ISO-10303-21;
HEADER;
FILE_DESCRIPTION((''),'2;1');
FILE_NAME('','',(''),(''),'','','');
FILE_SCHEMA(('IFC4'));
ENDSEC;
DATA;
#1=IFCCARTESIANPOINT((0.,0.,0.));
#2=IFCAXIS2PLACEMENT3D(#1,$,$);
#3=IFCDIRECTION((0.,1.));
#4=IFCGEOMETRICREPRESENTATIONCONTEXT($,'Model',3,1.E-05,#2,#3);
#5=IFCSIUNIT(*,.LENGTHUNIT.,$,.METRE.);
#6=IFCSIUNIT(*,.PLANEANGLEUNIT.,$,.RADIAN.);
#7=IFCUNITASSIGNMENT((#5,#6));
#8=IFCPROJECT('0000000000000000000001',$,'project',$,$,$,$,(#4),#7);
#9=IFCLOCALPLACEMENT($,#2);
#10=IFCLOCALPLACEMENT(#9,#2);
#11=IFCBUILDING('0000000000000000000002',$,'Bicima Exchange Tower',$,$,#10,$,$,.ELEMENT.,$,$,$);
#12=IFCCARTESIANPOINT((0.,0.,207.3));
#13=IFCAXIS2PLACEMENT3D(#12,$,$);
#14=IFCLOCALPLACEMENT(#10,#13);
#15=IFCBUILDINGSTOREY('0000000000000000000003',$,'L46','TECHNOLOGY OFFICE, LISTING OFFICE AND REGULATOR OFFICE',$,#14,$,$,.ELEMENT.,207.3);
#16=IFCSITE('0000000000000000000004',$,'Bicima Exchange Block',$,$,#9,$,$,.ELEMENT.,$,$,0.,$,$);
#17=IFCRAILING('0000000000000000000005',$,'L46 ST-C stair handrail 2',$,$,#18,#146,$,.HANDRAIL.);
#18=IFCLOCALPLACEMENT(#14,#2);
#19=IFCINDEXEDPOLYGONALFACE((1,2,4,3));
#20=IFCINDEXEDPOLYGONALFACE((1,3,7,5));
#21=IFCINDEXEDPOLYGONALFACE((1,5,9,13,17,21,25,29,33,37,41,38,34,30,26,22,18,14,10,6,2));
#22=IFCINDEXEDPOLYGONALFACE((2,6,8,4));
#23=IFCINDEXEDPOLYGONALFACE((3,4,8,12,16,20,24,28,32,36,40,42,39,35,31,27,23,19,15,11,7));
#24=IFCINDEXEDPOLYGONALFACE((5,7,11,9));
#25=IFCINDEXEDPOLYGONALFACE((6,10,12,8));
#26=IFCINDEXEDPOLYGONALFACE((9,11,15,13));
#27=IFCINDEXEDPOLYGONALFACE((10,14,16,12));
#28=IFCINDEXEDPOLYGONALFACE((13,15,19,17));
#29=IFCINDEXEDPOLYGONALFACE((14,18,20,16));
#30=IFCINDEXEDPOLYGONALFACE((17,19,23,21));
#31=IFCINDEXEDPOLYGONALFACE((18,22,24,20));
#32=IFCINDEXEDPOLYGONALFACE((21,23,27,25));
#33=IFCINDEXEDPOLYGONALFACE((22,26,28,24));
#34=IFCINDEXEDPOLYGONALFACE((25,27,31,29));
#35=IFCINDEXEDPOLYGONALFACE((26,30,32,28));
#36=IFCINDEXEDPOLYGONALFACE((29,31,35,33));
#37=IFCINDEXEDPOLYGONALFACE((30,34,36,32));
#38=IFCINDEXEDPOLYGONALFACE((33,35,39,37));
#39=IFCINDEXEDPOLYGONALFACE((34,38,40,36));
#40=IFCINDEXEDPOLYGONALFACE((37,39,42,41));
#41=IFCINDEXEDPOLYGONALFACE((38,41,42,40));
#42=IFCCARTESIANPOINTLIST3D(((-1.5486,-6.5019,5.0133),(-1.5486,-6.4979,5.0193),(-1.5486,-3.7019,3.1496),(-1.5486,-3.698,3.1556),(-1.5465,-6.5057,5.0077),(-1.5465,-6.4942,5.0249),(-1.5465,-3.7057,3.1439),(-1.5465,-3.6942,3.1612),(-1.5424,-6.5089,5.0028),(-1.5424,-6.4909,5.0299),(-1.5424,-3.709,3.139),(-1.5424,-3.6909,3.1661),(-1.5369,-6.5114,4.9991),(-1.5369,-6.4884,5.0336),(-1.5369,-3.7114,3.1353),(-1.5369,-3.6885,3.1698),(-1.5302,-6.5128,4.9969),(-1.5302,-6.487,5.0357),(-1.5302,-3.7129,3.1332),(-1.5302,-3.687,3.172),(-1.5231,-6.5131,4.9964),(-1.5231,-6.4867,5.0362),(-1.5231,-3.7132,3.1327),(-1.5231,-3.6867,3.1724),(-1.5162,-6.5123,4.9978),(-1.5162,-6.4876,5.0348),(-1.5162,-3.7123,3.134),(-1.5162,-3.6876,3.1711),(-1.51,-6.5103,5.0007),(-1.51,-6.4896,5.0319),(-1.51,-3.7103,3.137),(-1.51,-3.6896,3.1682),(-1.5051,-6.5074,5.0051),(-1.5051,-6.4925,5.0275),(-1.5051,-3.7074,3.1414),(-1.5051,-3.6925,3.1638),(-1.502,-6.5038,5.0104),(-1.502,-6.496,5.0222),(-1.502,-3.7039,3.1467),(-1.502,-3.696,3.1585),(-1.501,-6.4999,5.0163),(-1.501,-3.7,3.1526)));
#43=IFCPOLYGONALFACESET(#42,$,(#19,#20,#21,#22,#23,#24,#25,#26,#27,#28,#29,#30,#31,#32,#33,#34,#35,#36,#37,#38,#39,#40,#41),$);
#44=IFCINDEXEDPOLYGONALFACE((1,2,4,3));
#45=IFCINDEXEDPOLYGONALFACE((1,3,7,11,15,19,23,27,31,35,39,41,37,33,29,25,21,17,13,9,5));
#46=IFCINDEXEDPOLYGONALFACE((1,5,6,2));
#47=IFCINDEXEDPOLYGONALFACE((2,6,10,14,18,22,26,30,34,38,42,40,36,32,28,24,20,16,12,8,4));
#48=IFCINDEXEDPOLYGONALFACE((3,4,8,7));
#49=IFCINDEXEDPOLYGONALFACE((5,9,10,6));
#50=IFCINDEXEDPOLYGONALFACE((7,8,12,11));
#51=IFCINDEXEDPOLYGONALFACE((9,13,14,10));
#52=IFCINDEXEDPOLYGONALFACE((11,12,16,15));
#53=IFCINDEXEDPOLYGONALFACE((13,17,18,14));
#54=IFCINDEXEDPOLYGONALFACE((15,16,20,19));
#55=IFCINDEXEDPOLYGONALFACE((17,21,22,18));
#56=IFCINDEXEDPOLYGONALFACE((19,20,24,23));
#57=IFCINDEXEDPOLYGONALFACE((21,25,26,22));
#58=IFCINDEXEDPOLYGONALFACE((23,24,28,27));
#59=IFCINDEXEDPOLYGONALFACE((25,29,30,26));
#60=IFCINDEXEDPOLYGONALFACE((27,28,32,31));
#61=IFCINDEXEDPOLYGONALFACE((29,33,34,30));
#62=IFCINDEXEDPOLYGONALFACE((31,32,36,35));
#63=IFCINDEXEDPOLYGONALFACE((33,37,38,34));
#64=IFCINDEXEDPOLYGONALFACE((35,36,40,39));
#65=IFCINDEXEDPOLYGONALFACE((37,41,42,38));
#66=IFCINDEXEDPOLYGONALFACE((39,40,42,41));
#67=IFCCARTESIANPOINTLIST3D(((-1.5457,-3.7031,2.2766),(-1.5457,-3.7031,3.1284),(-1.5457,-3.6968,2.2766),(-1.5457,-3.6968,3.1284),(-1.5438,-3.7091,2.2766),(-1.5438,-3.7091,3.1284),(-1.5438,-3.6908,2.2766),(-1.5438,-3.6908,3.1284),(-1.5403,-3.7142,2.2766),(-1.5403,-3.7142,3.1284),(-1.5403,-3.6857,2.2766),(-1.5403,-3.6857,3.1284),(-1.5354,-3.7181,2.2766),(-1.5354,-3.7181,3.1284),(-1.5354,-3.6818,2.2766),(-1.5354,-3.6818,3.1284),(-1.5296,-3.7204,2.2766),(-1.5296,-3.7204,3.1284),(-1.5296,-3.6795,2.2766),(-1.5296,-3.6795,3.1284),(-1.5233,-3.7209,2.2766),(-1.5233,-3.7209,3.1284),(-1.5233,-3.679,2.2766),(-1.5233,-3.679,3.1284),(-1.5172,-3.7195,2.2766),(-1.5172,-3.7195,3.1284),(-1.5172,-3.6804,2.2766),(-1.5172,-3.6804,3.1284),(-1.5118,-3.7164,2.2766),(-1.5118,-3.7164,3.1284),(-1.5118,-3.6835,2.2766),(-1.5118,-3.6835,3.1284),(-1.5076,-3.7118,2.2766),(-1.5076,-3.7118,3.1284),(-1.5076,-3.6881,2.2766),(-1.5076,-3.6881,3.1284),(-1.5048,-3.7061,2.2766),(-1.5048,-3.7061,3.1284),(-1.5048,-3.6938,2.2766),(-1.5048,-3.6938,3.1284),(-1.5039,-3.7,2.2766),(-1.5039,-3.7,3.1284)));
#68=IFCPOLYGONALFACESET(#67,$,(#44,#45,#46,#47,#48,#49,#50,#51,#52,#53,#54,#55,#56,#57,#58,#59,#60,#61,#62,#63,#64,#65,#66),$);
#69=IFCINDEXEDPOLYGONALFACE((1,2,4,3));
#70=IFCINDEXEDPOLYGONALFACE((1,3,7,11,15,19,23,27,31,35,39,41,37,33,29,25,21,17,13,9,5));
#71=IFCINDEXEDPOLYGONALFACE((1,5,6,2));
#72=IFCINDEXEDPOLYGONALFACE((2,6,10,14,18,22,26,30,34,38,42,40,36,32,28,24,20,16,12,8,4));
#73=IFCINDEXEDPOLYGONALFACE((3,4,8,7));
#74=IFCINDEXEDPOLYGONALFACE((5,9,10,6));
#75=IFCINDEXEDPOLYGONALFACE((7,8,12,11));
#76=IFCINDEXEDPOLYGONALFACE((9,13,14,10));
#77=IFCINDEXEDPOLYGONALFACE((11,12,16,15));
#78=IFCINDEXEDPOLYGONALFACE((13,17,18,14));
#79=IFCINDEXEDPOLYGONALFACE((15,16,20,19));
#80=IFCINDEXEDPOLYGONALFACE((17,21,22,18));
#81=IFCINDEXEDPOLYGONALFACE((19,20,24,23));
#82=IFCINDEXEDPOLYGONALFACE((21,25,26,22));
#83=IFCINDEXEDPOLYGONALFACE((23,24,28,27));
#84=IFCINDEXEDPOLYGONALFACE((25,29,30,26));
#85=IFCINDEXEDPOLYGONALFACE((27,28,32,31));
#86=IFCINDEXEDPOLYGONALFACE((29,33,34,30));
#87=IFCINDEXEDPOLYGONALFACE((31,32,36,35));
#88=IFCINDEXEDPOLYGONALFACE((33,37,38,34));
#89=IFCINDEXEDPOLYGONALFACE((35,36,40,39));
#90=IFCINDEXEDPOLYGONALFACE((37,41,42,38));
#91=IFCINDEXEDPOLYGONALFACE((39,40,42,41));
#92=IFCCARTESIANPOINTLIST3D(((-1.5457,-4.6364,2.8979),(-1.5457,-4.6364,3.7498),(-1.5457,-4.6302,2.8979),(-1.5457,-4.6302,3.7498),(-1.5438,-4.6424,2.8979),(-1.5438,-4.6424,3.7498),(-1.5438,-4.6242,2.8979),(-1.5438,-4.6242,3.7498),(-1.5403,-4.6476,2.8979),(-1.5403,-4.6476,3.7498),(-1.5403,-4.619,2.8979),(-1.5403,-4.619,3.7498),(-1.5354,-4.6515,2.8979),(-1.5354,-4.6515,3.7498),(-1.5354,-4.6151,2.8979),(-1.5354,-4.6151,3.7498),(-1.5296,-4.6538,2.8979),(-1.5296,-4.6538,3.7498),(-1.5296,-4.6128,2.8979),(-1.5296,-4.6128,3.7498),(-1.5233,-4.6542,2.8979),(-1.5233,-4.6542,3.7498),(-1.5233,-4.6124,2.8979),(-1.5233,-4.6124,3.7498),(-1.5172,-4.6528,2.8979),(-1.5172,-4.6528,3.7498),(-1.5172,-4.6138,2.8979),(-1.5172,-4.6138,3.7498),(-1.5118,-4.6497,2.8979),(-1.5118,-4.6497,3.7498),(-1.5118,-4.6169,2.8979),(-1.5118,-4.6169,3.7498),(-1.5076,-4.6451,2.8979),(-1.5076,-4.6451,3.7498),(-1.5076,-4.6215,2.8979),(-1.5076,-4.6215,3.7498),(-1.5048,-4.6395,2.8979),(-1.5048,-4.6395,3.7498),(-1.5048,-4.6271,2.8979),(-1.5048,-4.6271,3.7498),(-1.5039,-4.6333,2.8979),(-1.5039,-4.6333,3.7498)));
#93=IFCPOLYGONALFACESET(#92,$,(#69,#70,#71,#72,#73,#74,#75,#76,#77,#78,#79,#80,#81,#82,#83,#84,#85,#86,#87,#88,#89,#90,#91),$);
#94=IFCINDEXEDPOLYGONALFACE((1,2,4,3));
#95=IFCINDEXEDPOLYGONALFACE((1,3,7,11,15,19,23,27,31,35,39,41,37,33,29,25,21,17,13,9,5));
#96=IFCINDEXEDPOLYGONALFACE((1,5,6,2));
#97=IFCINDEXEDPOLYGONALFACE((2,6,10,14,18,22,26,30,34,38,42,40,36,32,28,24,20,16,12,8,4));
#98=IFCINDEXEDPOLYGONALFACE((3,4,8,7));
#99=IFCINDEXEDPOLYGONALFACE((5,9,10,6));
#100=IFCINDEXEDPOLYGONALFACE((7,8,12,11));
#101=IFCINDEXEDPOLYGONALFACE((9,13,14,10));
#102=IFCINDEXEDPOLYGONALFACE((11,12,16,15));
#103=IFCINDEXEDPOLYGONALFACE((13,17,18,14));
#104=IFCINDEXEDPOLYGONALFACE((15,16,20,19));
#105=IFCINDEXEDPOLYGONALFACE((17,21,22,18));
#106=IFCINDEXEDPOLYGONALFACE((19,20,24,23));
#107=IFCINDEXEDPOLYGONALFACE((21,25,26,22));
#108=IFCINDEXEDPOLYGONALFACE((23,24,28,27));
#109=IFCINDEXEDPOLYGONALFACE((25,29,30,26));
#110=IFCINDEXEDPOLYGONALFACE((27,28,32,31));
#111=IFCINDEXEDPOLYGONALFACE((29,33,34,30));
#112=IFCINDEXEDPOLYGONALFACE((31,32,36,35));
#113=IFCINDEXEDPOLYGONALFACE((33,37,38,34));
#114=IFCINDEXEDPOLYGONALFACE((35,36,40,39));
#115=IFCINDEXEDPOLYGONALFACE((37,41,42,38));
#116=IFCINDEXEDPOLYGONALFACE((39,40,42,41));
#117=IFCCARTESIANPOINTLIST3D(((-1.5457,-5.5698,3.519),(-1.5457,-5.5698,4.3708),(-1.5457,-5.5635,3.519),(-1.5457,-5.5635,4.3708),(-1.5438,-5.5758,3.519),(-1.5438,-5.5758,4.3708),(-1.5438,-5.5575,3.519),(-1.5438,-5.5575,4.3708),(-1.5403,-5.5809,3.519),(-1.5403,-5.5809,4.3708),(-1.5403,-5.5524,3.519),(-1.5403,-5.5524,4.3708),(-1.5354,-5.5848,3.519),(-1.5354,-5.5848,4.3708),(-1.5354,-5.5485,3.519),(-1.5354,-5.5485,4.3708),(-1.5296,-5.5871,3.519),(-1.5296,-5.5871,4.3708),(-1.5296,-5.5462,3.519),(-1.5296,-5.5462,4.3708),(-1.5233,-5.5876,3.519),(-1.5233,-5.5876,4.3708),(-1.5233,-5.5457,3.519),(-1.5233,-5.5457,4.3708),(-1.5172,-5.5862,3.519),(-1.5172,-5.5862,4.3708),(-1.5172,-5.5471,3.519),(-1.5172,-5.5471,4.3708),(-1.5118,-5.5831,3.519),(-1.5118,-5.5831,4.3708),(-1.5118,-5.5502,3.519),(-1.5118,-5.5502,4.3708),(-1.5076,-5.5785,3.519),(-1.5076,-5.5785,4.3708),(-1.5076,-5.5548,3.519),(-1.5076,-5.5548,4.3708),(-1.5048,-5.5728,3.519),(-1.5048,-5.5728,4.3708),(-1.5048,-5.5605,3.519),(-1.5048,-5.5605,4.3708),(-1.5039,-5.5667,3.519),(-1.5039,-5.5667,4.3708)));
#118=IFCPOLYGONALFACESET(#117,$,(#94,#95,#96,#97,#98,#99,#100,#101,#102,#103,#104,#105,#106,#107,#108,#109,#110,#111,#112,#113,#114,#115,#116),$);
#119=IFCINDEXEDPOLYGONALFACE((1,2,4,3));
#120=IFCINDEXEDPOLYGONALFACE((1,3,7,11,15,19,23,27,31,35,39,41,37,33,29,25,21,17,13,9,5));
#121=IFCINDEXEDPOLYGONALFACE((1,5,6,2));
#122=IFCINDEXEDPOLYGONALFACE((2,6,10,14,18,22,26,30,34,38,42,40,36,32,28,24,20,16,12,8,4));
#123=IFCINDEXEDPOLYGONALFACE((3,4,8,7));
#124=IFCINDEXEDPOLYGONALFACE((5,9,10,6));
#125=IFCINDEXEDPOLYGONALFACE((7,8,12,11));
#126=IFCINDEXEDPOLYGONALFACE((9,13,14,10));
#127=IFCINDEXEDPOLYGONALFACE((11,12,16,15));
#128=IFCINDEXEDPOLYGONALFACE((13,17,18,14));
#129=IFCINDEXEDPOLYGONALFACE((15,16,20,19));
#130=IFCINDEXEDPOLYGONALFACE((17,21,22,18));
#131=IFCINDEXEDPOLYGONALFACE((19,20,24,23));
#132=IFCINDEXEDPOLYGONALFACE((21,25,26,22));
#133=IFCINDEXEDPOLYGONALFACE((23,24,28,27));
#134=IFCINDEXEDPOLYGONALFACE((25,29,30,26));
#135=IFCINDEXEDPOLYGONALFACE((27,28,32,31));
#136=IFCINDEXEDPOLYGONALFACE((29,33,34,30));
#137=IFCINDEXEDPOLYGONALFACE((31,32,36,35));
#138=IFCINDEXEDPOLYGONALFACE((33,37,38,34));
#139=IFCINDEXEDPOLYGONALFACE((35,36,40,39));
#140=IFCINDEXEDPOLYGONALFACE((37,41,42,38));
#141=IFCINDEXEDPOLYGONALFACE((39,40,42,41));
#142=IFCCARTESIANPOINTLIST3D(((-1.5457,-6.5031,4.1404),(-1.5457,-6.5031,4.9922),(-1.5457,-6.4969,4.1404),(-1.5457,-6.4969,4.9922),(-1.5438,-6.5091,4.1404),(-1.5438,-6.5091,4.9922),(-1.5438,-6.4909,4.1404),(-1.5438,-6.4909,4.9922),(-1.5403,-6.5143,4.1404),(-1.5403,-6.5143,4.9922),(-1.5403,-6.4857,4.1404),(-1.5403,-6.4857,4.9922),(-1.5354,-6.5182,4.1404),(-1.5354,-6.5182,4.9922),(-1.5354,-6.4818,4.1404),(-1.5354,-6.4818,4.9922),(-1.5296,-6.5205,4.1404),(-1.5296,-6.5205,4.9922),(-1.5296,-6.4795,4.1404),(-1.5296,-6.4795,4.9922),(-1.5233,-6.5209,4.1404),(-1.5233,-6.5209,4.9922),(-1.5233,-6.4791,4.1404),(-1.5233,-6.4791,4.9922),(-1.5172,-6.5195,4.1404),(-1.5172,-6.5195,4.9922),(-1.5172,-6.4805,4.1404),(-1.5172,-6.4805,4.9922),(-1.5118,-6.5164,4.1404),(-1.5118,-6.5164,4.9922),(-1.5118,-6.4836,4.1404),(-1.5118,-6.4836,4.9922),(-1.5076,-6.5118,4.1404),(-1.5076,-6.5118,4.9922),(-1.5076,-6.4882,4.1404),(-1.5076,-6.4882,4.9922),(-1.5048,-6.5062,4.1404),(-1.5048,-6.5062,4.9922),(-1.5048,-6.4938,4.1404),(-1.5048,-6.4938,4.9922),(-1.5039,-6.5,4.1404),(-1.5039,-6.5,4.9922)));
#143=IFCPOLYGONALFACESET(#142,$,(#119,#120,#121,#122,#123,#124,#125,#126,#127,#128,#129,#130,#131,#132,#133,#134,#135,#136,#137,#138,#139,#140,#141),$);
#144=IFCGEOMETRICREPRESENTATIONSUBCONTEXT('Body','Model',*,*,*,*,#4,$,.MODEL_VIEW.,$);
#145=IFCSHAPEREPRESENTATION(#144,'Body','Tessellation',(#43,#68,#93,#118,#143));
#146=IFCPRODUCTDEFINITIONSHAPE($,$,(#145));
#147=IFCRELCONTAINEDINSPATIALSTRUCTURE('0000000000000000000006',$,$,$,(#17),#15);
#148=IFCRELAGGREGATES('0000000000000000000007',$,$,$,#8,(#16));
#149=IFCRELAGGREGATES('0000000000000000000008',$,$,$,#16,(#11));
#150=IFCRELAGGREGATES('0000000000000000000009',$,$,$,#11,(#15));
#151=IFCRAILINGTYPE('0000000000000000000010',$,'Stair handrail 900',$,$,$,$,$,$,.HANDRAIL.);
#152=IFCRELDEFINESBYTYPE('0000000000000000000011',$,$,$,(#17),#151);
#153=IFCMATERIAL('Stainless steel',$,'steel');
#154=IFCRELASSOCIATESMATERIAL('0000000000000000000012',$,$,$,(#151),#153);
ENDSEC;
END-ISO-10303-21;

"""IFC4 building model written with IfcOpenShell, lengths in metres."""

from ifc_helpers import new_model, si_unit, direction, frame, origin, origin_2d, place, context, subcontext, project, spatial, circle, extrude, material, type_object, element, save


model = new_model("IFC4")

# Units and contexts
model_context = context("Model", 3, precision=1e-05, world=origin(), true_north=direction((0.0, 1.0)))
body_context = subcontext(model_context, "Body", "Model", "MODEL_VIEW")
ifc_project = project(units=[si_unit("LENGTHUNIT", "METRE"), si_unit("PLANEANGLEUNIT", "RADIAN")], contexts=[model_context])

# Site, building, storey
site_placement = place(None, origin())
site = spatial("IfcSite", under=ifc_project, at=site_placement, Name="Bicima Exchange Block", CompositionType="ELEMENT", RefElevation=0.0)
building_placement = place(site_placement, origin())
building = spatial("IfcBuilding", under=site, at=building_placement, Name="Bicima Exchange Tower", CompositionType="ELEMENT")
storey_placement = place(building_placement, frame((0.0, 0.0, 207.3)))
storey = spatial("IfcBuildingStorey", under=building, at=storey_placement, Name="L46", Description="TECHNOLOGY OFFICE, LISTING OFFICE AND REGULATOR OFFICE", CompositionType="ELEMENT", Elevation=207.3)

# Railing
ifc_material_1 = material(Name="Stainless steel", Category="steel")
railing_type = type_object("IfcRailingType", Name="Stair handrail 900", PredefinedType="HANDRAIL", material=ifc_material_1)
railing_placement = place(storey_placement, frame((-1.5249, -3.7, 2.2766)))
element("IfcRailing", 1, at=railing_placement, inside=storey, type_object=railing_type, Name="L46 ST-C stair handrail 2", PredefinedType="HANDRAIL", context=body_context, shape_type="SweptSolid", body=[
    extrude(circle(Radius=0.0239, at=origin_2d()), frame((0.0, 0.0, 0.876), z_axis=(0.0, -0.832452, 0.554097), x_axis=(1.0, 0.0, 0.0)), (0.0, 0.0, 1.0), 3.3635),
    extrude(circle(Radius=0.021, at=origin_2d()), origin(), (0.0, 0.0, 1.0), 0.8518),
    extrude(circle(Radius=0.021, at=origin_2d()), frame((0.0, -0.9333, 0.6213)), (0.0, 0.0, 1.0), 0.8518),
    extrude(circle(Radius=0.021, at=origin_2d()), frame((0.0, -1.8667, 1.2424)), (0.0, 0.0, 1.0), 0.8518),
    extrude(circle(Radius=0.021, at=origin_2d()), frame((0.0, -2.8, 1.8638)), (0.0, 0.0, 1.0), 0.8518),
])

save(model, "model.ifc")
